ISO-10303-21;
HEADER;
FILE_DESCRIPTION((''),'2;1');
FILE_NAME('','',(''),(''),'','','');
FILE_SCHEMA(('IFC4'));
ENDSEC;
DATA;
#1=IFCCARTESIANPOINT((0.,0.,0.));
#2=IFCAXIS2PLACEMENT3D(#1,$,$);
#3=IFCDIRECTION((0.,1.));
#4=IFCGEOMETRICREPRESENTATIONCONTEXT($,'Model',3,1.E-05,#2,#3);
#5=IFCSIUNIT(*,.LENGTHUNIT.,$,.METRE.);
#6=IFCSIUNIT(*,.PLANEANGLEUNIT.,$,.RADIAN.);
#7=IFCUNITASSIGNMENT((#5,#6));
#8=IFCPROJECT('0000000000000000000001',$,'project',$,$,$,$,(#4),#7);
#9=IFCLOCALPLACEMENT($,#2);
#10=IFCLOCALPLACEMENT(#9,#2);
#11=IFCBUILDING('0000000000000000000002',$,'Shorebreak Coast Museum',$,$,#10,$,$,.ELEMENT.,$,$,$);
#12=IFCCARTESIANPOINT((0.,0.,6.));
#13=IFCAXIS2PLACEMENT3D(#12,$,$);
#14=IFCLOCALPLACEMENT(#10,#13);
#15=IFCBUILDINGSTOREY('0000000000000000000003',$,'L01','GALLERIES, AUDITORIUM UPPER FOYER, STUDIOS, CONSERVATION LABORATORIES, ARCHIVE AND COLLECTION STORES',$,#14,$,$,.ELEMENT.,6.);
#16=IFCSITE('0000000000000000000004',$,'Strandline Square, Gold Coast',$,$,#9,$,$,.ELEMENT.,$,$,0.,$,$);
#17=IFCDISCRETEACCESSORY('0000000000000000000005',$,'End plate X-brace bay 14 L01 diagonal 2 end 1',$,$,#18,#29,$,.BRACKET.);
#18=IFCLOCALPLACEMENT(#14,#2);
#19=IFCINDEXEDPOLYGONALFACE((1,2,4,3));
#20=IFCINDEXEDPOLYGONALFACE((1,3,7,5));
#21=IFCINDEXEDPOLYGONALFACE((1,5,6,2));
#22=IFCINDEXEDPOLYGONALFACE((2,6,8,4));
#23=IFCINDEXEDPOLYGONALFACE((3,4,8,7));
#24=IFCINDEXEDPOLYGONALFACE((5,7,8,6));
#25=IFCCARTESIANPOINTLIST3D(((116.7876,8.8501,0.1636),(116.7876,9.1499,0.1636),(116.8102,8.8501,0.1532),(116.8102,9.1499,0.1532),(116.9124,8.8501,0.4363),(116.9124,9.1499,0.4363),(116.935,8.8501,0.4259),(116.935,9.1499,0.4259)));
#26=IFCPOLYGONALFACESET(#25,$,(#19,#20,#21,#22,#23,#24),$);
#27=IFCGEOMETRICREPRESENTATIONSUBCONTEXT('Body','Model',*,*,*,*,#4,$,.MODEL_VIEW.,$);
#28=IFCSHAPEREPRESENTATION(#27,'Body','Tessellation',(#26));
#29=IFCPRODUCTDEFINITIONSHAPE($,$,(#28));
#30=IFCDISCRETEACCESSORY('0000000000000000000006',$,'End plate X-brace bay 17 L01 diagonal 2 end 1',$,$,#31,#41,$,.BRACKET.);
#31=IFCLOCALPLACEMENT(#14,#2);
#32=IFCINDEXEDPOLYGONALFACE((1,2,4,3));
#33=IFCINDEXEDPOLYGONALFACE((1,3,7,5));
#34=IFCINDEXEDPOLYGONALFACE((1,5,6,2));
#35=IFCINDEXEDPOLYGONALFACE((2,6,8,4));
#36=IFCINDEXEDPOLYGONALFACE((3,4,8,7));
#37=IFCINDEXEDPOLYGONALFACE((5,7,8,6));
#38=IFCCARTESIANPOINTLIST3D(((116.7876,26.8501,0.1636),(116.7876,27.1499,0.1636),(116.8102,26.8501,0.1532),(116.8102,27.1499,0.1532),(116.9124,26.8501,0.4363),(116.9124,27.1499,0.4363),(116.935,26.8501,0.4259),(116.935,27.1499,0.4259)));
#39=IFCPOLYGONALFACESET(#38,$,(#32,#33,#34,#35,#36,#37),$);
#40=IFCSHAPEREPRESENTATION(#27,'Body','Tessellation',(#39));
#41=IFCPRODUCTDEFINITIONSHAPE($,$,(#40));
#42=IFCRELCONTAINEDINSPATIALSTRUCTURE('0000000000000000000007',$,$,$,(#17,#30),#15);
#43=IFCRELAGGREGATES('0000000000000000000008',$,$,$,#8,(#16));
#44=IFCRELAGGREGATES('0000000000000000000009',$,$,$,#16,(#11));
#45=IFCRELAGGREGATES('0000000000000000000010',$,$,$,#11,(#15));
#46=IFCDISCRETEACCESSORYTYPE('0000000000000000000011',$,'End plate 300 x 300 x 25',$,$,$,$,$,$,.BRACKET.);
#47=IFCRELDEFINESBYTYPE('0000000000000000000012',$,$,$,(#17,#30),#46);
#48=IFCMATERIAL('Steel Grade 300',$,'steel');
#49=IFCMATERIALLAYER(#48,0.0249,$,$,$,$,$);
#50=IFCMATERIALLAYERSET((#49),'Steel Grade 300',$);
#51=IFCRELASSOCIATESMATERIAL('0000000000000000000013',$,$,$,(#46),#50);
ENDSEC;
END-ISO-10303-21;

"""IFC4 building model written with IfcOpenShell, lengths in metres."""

from ifc_helpers import new_model, si_unit, direction, frame, origin, place, context, subcontext, project, spatial, polyline, outline, extrude, material, layer, layer_set, type_object, element, save


model = new_model("IFC4")

# Units and contexts
model_context = context("Model", 3, precision=1e-05, world=origin(), true_north=direction((0.0, 1.0)))
body_context = subcontext(model_context, "Body", "Model", "MODEL_VIEW")
ifc_project = project(units=[si_unit("LENGTHUNIT", "METRE"), si_unit("PLANEANGLEUNIT", "RADIAN")], contexts=[model_context])

# Site, building, storey
site_placement = place(None, origin())
site = spatial("IfcSite", under=ifc_project, at=site_placement, Name="Strandline Square, Gold Coast", CompositionType="ELEMENT", RefElevation=0.0)
building_placement = place(site_placement, origin())
building = spatial("IfcBuilding", under=site, at=building_placement, Name="Shorebreak Coast Museum", CompositionType="ELEMENT")
storey_placement = place(building_placement, frame((0.0, 0.0, 6.0)))
storey = spatial("IfcBuildingStorey", under=building, at=storey_placement, Name="L01", Description="GALLERIES, AUDITORIUM UPPER FOYER, STUDIOS, CONSERVATION LABORATORIES, ARCHIVE AND COLLECTION STORES", CompositionType="ELEMENT", Elevation=6.0)

# Discrete accessories
ifc_material_1 = material(Name="Steel Grade 300", Category="steel")
ifc_layer_1 = layer(ifc_material_1, 0.0249)
ifc_layer_set_1 = layer_set([ifc_layer_1], Name="Steel Grade 300")
discrete_accessory_type = type_object("IfcDiscreteAccessoryType", Name="End plate 300 x 300 x 25", PredefinedType="BRACKET", material=ifc_layer_set_1)
for number, where, z_axis, x_axis, name in (
    (1, (116.7876, 9.1499, 0.1636), (-0.90936, 0.0, 0.41601), (0.0, -1.0, 0.0), "End plate X-brace bay 14 L01 diagonal 2 end 1"),
    (2, (116.7876, 27.1499, 0.1636), (-0.90936, 0.0, 0.41601), (0.0, -1.0, 0.0), "End plate X-brace bay 17 L01 diagonal 2 end 1"),
):
    element("IfcDiscreteAccessory", number, at=place(storey_placement, frame(where, z_axis=z_axis, x_axis=x_axis)), inside=storey, type_object=discrete_accessory_type, Name=name, PredefinedType="BRACKET", context=body_context, shape_type="SweptSolid", body=[
        extrude(outline(polyline([(0.0, 0.0), (0.2998, 0.0), (0.2998, 0.2999), (0.0, 0.2999), (0.0, 0.0)])), origin(), (0.0, 0.0, -1.0), 0.0249),
    ])

save(model, "model.ifc")
